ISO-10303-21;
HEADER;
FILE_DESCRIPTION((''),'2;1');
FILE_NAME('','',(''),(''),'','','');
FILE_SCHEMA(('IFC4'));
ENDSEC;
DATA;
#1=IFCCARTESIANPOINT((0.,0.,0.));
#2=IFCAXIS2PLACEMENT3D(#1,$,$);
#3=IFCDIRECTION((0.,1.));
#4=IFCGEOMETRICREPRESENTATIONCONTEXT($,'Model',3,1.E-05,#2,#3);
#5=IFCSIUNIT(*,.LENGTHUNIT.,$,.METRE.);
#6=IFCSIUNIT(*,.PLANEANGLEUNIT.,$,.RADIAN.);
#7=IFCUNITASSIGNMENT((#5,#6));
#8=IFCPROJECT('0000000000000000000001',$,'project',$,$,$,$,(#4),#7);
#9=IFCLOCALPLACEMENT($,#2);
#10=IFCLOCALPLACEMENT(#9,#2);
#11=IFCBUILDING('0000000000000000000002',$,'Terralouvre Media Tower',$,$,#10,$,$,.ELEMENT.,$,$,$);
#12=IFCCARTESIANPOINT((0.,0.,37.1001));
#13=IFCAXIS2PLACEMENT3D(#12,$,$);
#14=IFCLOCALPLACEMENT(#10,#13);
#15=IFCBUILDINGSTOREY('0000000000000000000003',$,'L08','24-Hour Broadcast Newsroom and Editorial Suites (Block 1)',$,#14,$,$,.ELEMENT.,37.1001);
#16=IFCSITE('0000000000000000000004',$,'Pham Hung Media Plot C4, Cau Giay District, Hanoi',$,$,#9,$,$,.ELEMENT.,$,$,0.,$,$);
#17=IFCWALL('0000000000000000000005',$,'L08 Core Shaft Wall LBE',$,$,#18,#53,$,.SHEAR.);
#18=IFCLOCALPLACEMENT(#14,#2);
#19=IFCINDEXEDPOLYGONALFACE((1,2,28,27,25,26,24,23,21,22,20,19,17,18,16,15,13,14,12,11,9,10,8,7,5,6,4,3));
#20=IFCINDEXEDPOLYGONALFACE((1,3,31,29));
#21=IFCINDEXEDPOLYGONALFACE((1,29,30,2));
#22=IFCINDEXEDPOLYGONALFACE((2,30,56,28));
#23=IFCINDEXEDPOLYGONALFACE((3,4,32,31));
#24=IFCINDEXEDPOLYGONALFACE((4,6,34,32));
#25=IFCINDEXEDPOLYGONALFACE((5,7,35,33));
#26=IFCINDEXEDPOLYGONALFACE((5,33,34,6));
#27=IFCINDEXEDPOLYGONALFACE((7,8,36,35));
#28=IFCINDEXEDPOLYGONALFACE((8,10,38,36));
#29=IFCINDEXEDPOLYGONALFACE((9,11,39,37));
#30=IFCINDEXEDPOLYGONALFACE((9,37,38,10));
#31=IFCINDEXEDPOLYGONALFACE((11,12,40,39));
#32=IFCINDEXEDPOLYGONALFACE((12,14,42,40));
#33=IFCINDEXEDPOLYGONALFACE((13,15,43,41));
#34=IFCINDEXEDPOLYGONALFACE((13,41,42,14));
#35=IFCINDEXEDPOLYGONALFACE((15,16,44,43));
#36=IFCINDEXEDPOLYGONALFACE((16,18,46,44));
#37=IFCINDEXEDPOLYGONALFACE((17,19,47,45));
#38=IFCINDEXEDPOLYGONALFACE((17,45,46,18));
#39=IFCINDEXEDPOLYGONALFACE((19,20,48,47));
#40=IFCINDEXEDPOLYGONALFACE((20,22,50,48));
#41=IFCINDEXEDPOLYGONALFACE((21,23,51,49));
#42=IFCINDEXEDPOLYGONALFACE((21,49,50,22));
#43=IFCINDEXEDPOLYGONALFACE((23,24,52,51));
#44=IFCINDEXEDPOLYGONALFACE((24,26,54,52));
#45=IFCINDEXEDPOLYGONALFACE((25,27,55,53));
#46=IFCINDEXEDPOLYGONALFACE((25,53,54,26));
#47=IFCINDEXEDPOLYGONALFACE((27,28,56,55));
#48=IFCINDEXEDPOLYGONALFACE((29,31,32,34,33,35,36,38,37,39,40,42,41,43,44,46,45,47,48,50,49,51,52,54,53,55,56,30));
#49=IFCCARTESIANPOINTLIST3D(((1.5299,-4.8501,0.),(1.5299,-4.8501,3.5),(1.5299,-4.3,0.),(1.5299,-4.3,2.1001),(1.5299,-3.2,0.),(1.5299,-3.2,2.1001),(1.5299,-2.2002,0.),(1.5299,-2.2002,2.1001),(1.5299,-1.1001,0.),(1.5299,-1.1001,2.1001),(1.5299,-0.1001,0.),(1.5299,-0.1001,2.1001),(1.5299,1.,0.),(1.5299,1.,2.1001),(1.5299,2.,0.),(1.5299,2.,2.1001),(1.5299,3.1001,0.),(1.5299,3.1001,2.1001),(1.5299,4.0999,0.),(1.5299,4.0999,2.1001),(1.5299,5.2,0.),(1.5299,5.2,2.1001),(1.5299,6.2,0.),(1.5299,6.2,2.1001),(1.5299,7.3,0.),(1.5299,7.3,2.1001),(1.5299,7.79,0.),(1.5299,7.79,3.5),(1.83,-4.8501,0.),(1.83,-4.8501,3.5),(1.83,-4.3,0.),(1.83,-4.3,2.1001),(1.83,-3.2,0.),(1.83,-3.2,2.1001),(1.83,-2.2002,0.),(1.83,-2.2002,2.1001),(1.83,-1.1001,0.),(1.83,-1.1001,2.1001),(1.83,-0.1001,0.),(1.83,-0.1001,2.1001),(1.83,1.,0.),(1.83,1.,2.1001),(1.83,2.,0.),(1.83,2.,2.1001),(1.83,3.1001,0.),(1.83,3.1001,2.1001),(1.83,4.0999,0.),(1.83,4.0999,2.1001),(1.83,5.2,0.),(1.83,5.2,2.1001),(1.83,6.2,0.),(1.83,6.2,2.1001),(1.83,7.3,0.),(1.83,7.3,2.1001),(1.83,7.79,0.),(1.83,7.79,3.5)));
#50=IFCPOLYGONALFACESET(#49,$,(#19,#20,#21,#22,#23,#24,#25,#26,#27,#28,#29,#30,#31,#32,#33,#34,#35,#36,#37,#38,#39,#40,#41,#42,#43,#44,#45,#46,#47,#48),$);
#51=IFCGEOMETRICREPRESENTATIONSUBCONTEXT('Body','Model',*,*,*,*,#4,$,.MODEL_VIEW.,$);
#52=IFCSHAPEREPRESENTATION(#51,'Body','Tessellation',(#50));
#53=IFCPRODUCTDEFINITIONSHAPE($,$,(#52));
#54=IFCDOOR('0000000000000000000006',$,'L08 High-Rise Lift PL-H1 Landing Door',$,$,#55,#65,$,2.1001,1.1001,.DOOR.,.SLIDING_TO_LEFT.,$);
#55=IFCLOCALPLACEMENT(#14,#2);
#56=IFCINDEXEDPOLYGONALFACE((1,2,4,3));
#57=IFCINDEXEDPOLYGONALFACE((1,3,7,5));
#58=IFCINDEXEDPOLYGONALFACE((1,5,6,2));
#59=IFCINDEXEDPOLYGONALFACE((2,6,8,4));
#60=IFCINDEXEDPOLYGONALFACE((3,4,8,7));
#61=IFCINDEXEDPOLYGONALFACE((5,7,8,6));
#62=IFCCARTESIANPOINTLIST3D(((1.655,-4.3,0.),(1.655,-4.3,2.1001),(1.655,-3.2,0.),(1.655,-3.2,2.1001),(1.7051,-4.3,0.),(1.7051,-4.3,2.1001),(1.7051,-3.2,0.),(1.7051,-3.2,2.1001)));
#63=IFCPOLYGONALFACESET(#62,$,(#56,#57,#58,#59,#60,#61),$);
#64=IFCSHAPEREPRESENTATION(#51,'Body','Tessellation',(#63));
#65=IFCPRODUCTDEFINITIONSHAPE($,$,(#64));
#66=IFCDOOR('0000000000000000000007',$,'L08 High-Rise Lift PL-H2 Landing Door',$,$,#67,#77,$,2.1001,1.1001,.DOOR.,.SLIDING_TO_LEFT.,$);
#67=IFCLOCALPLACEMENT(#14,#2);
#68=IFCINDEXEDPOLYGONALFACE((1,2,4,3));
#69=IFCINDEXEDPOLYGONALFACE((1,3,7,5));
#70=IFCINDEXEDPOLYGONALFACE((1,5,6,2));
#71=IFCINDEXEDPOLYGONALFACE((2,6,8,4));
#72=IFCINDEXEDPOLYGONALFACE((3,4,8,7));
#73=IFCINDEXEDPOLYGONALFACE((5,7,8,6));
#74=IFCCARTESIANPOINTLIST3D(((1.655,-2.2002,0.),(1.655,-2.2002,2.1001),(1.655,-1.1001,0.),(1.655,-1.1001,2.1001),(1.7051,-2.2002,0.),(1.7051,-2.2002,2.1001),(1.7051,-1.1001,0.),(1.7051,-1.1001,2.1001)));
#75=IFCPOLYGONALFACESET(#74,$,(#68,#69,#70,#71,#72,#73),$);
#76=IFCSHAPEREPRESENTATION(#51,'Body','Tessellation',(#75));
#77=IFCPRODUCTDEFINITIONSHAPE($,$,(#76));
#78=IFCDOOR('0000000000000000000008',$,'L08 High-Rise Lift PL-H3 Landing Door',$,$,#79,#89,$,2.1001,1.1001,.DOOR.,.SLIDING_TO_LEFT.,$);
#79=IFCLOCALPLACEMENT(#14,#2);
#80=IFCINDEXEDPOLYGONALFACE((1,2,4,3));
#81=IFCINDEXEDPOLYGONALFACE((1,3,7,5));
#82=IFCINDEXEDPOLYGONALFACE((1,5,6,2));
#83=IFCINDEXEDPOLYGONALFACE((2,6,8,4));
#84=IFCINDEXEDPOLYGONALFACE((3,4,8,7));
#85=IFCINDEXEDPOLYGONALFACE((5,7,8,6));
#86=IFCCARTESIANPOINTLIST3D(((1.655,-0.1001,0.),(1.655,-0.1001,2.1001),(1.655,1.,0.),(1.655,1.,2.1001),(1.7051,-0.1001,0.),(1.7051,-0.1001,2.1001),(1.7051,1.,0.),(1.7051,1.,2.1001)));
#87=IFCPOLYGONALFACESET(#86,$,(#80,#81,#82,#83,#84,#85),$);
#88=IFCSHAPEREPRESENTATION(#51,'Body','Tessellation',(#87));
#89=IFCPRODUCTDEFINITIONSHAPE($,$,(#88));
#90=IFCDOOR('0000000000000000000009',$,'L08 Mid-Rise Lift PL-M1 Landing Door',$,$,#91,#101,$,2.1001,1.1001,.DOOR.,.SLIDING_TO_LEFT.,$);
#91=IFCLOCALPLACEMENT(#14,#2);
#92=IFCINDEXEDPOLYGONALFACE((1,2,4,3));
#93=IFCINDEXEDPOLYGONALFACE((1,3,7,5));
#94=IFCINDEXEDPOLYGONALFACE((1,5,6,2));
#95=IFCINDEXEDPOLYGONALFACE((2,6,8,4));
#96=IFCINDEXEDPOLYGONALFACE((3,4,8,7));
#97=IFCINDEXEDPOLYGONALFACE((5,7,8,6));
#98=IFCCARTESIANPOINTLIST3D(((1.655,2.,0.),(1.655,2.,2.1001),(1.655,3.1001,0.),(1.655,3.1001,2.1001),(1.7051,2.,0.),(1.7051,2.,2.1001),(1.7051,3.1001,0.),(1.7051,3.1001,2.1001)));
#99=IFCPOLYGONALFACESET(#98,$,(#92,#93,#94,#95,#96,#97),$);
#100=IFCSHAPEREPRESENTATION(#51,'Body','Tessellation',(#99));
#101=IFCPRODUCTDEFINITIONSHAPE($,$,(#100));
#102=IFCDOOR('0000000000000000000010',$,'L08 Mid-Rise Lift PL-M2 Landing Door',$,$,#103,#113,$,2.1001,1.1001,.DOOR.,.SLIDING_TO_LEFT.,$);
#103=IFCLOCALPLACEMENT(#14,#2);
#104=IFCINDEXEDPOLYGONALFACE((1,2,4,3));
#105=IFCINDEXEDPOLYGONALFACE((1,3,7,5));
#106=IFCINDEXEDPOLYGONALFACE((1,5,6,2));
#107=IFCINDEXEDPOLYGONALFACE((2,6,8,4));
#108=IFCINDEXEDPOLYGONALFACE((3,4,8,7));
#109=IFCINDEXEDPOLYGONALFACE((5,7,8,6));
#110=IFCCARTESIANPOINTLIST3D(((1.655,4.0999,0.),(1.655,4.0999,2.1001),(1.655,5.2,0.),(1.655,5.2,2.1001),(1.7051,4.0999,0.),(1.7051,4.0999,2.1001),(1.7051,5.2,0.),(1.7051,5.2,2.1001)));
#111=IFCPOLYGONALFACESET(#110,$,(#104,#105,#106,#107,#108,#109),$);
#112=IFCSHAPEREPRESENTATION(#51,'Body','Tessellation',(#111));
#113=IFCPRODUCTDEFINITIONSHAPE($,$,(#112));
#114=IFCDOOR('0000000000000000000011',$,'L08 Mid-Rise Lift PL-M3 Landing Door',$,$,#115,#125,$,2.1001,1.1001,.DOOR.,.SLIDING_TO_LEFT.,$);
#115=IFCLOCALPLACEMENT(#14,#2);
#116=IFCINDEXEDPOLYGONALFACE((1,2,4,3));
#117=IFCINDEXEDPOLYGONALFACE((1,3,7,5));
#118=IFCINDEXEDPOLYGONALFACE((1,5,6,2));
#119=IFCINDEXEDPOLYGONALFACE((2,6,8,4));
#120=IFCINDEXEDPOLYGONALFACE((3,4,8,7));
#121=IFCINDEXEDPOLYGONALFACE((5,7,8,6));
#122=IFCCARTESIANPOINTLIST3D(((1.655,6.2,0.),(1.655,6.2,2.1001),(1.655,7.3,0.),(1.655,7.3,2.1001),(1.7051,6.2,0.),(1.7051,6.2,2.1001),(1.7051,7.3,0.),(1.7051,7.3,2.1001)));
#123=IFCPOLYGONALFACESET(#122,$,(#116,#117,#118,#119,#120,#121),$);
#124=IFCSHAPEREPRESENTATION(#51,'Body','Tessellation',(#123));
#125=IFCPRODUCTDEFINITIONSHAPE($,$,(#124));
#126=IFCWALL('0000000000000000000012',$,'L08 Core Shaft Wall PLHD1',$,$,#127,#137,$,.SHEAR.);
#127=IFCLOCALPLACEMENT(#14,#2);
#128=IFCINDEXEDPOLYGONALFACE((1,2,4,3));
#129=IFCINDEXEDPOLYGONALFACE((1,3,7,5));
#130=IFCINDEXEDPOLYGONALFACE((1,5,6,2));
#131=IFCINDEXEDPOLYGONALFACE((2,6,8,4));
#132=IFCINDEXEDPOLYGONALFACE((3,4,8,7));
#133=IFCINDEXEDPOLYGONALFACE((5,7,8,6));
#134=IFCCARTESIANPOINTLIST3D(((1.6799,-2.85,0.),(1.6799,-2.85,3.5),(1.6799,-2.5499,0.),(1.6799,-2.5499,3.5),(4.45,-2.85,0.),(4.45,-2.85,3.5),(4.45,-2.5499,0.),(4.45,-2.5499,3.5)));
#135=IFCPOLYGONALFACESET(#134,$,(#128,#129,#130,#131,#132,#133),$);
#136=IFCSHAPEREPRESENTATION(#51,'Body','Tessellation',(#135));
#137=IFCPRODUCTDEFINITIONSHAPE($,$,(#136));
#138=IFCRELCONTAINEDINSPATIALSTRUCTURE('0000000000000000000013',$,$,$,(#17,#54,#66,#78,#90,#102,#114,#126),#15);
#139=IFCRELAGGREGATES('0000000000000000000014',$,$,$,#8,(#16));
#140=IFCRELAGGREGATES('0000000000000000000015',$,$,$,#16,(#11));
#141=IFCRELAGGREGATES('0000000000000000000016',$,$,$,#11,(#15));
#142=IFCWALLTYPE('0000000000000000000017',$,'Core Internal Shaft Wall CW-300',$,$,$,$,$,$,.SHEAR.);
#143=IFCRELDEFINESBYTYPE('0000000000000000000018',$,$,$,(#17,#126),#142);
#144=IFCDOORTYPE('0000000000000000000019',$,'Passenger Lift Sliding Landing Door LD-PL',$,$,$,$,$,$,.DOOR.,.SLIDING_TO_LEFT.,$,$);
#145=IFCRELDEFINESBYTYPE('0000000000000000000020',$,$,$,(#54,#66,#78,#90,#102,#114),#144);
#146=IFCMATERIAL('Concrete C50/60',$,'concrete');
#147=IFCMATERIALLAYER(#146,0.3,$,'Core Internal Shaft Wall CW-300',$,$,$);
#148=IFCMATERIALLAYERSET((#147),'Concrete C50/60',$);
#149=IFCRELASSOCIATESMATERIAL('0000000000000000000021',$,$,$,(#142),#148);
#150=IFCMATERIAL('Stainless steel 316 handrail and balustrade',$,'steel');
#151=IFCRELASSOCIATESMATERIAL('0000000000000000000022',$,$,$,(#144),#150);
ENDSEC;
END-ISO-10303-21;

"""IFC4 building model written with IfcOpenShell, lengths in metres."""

from ifc_helpers import new_model, si_unit, direction, frame, frame_2d, origin, place, context, subcontext, project, spatial, rectangle, extrude, material, layer, layer_set, type_object, element, fill, save


model = new_model("IFC4")

# Units and contexts
model_context = context("Model", 3, precision=1e-05, world=origin(), true_north=direction((0.0, 1.0)))
body_context = subcontext(model_context, "Body", "Model", "MODEL_VIEW")
ifc_project = project(units=[si_unit("LENGTHUNIT", "METRE"), si_unit("PLANEANGLEUNIT", "RADIAN")], contexts=[model_context])

# Site, building, storey
site_placement = place(None, origin())
site = spatial("IfcSite", under=ifc_project, at=site_placement, Name="Pham Hung Media Plot C4, Cau Giay District, Hanoi", CompositionType="ELEMENT", RefElevation=0.0)
building_placement = place(site_placement, origin())
building = spatial("IfcBuilding", under=site, at=building_placement, Name="Terralouvre Media Tower", CompositionType="ELEMENT")
storey_placement = place(building_placement, frame((0.0, 0.0, 37.1001)))
storey = spatial("IfcBuildingStorey", under=building, at=storey_placement, Name="L08", Description="24-Hour Broadcast Newsroom and Editorial Suites (Block 1)", CompositionType="ELEMENT", Elevation=37.1001)

# Shared definitions
ifc_material_1 = material(Name="Concrete C50/60", Category="concrete")
ifc_layer_1 = layer(ifc_material_1, 0.3, Name="Core Internal Shaft Wall CW-300")
ifc_layer_set_1 = layer_set([ifc_layer_1], Name="Concrete C50/60")
wall_type_1 = type_object("IfcWallType", Name="Core Internal Shaft Wall CW-300", PredefinedType="SHEAR", material=ifc_layer_set_1)

# Wall, openings, doors
wall_1_placement = place(storey_placement, frame((1.6799, -4.8501, 0.0), z_axis=(0.0, 0.0, 1.0), x_axis=(0.0, 1.0, 0.0)))
wall_1 = element("IfcWall", 1, at=wall_1_placement, inside=storey, type_object=wall_type_1, Name="L08 Core Shaft Wall LBE", PredefinedType="SHEAR", context=body_context, shape_type="SweptSolid", body=[
    extrude(rectangle(XDim=12.6401, YDim=0.3, at=frame_2d((6.3201, 0.0))), origin(), (0.0, 0.0, 1.0), 3.5),
])
opening_1_placement = place(wall_1_placement, frame((0.55, 0.0, 0.0)))
opening_1 = element("IfcOpeningElement", 2, at=opening_1_placement, cuts=wall_1, PredefinedType="OPENING", context=body_context, shape_type="SweptSolid", body=[
    extrude(rectangle(XDim=1.1001, YDim=2.1001, at=frame_2d((0.55, 1.05))), frame((0.0, 0.1599, 0.0), z_axis=(0.0, -1.0, 0.0), x_axis=(1.0, 0.0, 0.0)), (0.0, 0.0, 1.0), 0.3201),
])
opening_2_placement = place(wall_1_placement, frame((2.6499, 0.0, 0.0)))
opening_2 = element("IfcOpeningElement", 3, at=opening_2_placement, cuts=wall_1, PredefinedType="OPENING", context=body_context, shape_type="SweptSolid", body=[
    extrude(rectangle(XDim=1.1001, YDim=2.1001, at=frame_2d((0.55, 1.05))), frame((0.0, 0.1599, 0.0), z_axis=(0.0, -1.0, 0.0), x_axis=(1.0, 0.0, 0.0)), (0.0, 0.0, 1.0), 0.3201),
])
opening_3_placement = place(wall_1_placement, frame((4.75, 0.0, 0.0)))
opening_3 = element("IfcOpeningElement", 4, at=opening_3_placement, cuts=wall_1, PredefinedType="OPENING", context=body_context, shape_type="SweptSolid", body=[
    extrude(rectangle(XDim=1.1001, YDim=2.1001, at=frame_2d((0.55, 1.05))), frame((0.0, 0.1599, 0.0), z_axis=(0.0, -1.0, 0.0), x_axis=(1.0, 0.0, 0.0)), (0.0, 0.0, 1.0), 0.3201),
])
opening_4_placement = place(wall_1_placement, frame((6.8501, 0.0, 0.0)))
opening_4 = element("IfcOpeningElement", 5, at=opening_4_placement, cuts=wall_1, PredefinedType="OPENING", context=body_context, shape_type="SweptSolid", body=[
    extrude(rectangle(XDim=1.1001, YDim=2.1001, at=frame_2d((0.55, 1.05))), frame((0.0, 0.1599, 0.0), z_axis=(0.0, -1.0, 0.0), x_axis=(1.0, 0.0, 0.0)), (0.0, 0.0, 1.0), 0.3201),
])
opening_5_placement = place(wall_1_placement, frame((8.95, 0.0, 0.0)))
opening_5 = element("IfcOpeningElement", 6, at=opening_5_placement, cuts=wall_1, PredefinedType="OPENING", context=body_context, shape_type="SweptSolid", body=[
    extrude(rectangle(XDim=1.1001, YDim=2.1001, at=frame_2d((0.55, 1.05))), frame((0.0, 0.1599, 0.0), z_axis=(0.0, -1.0, 0.0), x_axis=(1.0, 0.0, 0.0)), (0.0, 0.0, 1.0), 0.3201),
])
opening_6_placement = place(wall_1_placement, frame((11.05, 0.0, 0.0)))
opening_6 = element("IfcOpeningElement", 7, at=opening_6_placement, cuts=wall_1, PredefinedType="OPENING", context=body_context, shape_type="SweptSolid", body=[
    extrude(rectangle(XDim=1.1001, YDim=2.1001, at=frame_2d((0.55, 1.05))), frame((0.0, 0.1599, 0.0), z_axis=(0.0, -1.0, 0.0), x_axis=(1.0, 0.0, 0.0)), (0.0, 0.0, 1.0), 0.3201),
])
ifc_material_2 = material(Name="Stainless steel 316 handrail and balustrade", Category="steel")
door_type_1 = type_object("IfcDoorType", Name="Passenger Lift Sliding Landing Door LD-PL", OperationType="SLIDING_TO_LEFT", PredefinedType="DOOR", material=ifc_material_2)
door_1_placement = place(opening_1_placement, origin())
door_1 = element("IfcDoor", 8, at=door_1_placement, inside=storey, type_object=door_type_1, Name="L08 High-Rise Lift PL-H1 Landing Door", OperationType="SLIDING_TO_LEFT", OverallHeight=2.1001, OverallWidth=1.1001, PredefinedType="DOOR", context=body_context, shape_type="SweptSolid", body=[
    extrude(rectangle(XDim=1.1001, YDim=2.1001, at=frame_2d((0.55, 1.05))), frame((0.0, 0.0249, 0.0), z_axis=(0.0, -1.0, 0.0), x_axis=(1.0, 0.0, 0.0)), (0.0, 0.0, 1.0), 0.05),
])
fill(opening_1, door_1)
door_2_placement = place(opening_2_placement, origin())
door_2 = element("IfcDoor", 9, at=door_2_placement, inside=storey, type_object=door_type_1, Name="L08 High-Rise Lift PL-H2 Landing Door", OperationType="SLIDING_TO_LEFT", OverallHeight=2.1001, OverallWidth=1.1001, PredefinedType="DOOR", context=body_context, shape_type="SweptSolid", body=[
    extrude(rectangle(XDim=1.1001, YDim=2.1001, at=frame_2d((0.55, 1.05))), frame((0.0, 0.0249, 0.0), z_axis=(0.0, -1.0, 0.0), x_axis=(1.0, 0.0, 0.0)), (0.0, 0.0, 1.0), 0.05),
])
fill(opening_2, door_2)
door_3_placement = place(opening_3_placement, origin())
door_3 = element("IfcDoor", 10, at=door_3_placement, inside=storey, type_object=door_type_1, Name="L08 High-Rise Lift PL-H3 Landing Door", OperationType="SLIDING_TO_LEFT", OverallHeight=2.1001, OverallWidth=1.1001, PredefinedType="DOOR", context=body_context, shape_type="SweptSolid", body=[
    extrude(rectangle(XDim=1.1001, YDim=2.1001, at=frame_2d((0.55, 1.05))), frame((0.0, 0.0249, 0.0), z_axis=(0.0, -1.0, 0.0), x_axis=(1.0, 0.0, 0.0)), (0.0, 0.0, 1.0), 0.05),
])
fill(opening_3, door_3)
door_4_placement = place(opening_4_placement, origin())
door_4 = element("IfcDoor", 11, at=door_4_placement, inside=storey, type_object=door_type_1, Name="L08 Mid-Rise Lift PL-M1 Landing Door", OperationType="SLIDING_TO_LEFT", OverallHeight=2.1001, OverallWidth=1.1001, PredefinedType="DOOR", context=body_context, shape_type="SweptSolid", body=[
    extrude(rectangle(XDim=1.1001, YDim=2.1001, at=frame_2d((0.55, 1.05))), frame((0.0, 0.0249, 0.0), z_axis=(0.0, -1.0, 0.0), x_axis=(1.0, 0.0, 0.0)), (0.0, 0.0, 1.0), 0.05),
])
fill(opening_4, door_4)
door_5_placement = place(opening_5_placement, origin())
door_5 = element("IfcDoor", 12, at=door_5_placement, inside=storey, type_object=door_type_1, Name="L08 Mid-Rise Lift PL-M2 Landing Door", OperationType="SLIDING_TO_LEFT", OverallHeight=2.1001, OverallWidth=1.1001, PredefinedType="DOOR", context=body_context, shape_type="SweptSolid", body=[
    extrude(rectangle(XDim=1.1001, YDim=2.1001, at=frame_2d((0.55, 1.05))), frame((0.0, 0.0249, 0.0), z_axis=(0.0, -1.0, 0.0), x_axis=(1.0, 0.0, 0.0)), (0.0, 0.0, 1.0), 0.05),
])
fill(opening_5, door_5)
door_6_placement = place(opening_6_placement, origin())
door_6 = element("IfcDoor", 13, at=door_6_placement, inside=storey, type_object=door_type_1, Name="L08 Mid-Rise Lift PL-M3 Landing Door", OperationType="SLIDING_TO_LEFT", OverallHeight=2.1001, OverallWidth=1.1001, PredefinedType="DOOR", context=body_context, shape_type="SweptSolid", body=[
    extrude(rectangle(XDim=1.1001, YDim=2.1001, at=frame_2d((0.55, 1.05))), frame((0.0, 0.0249, 0.0), z_axis=(0.0, -1.0, 0.0), x_axis=(1.0, 0.0, 0.0)), (0.0, 0.0, 1.0), 0.05),
])
fill(opening_6, door_6)

# Wall
wall_2_placement = place(storey_placement, frame((1.6799, -2.7, 0.0), z_axis=(0.0, 0.0, 1.0), x_axis=(1.0, 0.0, 0.0)))
element("IfcWall", 14, at=wall_2_placement, inside=storey, type_object=wall_type_1, Name="L08 Core Shaft Wall PLHD1", PredefinedType="SHEAR", context=body_context, shape_type="SweptSolid", body=[
    extrude(rectangle(XDim=2.77, YDim=0.3, at=frame_2d((1.385, 0.0))), origin(), (0.0, 0.0, 1.0), 3.5),
])

save(model, "model.ifc")
